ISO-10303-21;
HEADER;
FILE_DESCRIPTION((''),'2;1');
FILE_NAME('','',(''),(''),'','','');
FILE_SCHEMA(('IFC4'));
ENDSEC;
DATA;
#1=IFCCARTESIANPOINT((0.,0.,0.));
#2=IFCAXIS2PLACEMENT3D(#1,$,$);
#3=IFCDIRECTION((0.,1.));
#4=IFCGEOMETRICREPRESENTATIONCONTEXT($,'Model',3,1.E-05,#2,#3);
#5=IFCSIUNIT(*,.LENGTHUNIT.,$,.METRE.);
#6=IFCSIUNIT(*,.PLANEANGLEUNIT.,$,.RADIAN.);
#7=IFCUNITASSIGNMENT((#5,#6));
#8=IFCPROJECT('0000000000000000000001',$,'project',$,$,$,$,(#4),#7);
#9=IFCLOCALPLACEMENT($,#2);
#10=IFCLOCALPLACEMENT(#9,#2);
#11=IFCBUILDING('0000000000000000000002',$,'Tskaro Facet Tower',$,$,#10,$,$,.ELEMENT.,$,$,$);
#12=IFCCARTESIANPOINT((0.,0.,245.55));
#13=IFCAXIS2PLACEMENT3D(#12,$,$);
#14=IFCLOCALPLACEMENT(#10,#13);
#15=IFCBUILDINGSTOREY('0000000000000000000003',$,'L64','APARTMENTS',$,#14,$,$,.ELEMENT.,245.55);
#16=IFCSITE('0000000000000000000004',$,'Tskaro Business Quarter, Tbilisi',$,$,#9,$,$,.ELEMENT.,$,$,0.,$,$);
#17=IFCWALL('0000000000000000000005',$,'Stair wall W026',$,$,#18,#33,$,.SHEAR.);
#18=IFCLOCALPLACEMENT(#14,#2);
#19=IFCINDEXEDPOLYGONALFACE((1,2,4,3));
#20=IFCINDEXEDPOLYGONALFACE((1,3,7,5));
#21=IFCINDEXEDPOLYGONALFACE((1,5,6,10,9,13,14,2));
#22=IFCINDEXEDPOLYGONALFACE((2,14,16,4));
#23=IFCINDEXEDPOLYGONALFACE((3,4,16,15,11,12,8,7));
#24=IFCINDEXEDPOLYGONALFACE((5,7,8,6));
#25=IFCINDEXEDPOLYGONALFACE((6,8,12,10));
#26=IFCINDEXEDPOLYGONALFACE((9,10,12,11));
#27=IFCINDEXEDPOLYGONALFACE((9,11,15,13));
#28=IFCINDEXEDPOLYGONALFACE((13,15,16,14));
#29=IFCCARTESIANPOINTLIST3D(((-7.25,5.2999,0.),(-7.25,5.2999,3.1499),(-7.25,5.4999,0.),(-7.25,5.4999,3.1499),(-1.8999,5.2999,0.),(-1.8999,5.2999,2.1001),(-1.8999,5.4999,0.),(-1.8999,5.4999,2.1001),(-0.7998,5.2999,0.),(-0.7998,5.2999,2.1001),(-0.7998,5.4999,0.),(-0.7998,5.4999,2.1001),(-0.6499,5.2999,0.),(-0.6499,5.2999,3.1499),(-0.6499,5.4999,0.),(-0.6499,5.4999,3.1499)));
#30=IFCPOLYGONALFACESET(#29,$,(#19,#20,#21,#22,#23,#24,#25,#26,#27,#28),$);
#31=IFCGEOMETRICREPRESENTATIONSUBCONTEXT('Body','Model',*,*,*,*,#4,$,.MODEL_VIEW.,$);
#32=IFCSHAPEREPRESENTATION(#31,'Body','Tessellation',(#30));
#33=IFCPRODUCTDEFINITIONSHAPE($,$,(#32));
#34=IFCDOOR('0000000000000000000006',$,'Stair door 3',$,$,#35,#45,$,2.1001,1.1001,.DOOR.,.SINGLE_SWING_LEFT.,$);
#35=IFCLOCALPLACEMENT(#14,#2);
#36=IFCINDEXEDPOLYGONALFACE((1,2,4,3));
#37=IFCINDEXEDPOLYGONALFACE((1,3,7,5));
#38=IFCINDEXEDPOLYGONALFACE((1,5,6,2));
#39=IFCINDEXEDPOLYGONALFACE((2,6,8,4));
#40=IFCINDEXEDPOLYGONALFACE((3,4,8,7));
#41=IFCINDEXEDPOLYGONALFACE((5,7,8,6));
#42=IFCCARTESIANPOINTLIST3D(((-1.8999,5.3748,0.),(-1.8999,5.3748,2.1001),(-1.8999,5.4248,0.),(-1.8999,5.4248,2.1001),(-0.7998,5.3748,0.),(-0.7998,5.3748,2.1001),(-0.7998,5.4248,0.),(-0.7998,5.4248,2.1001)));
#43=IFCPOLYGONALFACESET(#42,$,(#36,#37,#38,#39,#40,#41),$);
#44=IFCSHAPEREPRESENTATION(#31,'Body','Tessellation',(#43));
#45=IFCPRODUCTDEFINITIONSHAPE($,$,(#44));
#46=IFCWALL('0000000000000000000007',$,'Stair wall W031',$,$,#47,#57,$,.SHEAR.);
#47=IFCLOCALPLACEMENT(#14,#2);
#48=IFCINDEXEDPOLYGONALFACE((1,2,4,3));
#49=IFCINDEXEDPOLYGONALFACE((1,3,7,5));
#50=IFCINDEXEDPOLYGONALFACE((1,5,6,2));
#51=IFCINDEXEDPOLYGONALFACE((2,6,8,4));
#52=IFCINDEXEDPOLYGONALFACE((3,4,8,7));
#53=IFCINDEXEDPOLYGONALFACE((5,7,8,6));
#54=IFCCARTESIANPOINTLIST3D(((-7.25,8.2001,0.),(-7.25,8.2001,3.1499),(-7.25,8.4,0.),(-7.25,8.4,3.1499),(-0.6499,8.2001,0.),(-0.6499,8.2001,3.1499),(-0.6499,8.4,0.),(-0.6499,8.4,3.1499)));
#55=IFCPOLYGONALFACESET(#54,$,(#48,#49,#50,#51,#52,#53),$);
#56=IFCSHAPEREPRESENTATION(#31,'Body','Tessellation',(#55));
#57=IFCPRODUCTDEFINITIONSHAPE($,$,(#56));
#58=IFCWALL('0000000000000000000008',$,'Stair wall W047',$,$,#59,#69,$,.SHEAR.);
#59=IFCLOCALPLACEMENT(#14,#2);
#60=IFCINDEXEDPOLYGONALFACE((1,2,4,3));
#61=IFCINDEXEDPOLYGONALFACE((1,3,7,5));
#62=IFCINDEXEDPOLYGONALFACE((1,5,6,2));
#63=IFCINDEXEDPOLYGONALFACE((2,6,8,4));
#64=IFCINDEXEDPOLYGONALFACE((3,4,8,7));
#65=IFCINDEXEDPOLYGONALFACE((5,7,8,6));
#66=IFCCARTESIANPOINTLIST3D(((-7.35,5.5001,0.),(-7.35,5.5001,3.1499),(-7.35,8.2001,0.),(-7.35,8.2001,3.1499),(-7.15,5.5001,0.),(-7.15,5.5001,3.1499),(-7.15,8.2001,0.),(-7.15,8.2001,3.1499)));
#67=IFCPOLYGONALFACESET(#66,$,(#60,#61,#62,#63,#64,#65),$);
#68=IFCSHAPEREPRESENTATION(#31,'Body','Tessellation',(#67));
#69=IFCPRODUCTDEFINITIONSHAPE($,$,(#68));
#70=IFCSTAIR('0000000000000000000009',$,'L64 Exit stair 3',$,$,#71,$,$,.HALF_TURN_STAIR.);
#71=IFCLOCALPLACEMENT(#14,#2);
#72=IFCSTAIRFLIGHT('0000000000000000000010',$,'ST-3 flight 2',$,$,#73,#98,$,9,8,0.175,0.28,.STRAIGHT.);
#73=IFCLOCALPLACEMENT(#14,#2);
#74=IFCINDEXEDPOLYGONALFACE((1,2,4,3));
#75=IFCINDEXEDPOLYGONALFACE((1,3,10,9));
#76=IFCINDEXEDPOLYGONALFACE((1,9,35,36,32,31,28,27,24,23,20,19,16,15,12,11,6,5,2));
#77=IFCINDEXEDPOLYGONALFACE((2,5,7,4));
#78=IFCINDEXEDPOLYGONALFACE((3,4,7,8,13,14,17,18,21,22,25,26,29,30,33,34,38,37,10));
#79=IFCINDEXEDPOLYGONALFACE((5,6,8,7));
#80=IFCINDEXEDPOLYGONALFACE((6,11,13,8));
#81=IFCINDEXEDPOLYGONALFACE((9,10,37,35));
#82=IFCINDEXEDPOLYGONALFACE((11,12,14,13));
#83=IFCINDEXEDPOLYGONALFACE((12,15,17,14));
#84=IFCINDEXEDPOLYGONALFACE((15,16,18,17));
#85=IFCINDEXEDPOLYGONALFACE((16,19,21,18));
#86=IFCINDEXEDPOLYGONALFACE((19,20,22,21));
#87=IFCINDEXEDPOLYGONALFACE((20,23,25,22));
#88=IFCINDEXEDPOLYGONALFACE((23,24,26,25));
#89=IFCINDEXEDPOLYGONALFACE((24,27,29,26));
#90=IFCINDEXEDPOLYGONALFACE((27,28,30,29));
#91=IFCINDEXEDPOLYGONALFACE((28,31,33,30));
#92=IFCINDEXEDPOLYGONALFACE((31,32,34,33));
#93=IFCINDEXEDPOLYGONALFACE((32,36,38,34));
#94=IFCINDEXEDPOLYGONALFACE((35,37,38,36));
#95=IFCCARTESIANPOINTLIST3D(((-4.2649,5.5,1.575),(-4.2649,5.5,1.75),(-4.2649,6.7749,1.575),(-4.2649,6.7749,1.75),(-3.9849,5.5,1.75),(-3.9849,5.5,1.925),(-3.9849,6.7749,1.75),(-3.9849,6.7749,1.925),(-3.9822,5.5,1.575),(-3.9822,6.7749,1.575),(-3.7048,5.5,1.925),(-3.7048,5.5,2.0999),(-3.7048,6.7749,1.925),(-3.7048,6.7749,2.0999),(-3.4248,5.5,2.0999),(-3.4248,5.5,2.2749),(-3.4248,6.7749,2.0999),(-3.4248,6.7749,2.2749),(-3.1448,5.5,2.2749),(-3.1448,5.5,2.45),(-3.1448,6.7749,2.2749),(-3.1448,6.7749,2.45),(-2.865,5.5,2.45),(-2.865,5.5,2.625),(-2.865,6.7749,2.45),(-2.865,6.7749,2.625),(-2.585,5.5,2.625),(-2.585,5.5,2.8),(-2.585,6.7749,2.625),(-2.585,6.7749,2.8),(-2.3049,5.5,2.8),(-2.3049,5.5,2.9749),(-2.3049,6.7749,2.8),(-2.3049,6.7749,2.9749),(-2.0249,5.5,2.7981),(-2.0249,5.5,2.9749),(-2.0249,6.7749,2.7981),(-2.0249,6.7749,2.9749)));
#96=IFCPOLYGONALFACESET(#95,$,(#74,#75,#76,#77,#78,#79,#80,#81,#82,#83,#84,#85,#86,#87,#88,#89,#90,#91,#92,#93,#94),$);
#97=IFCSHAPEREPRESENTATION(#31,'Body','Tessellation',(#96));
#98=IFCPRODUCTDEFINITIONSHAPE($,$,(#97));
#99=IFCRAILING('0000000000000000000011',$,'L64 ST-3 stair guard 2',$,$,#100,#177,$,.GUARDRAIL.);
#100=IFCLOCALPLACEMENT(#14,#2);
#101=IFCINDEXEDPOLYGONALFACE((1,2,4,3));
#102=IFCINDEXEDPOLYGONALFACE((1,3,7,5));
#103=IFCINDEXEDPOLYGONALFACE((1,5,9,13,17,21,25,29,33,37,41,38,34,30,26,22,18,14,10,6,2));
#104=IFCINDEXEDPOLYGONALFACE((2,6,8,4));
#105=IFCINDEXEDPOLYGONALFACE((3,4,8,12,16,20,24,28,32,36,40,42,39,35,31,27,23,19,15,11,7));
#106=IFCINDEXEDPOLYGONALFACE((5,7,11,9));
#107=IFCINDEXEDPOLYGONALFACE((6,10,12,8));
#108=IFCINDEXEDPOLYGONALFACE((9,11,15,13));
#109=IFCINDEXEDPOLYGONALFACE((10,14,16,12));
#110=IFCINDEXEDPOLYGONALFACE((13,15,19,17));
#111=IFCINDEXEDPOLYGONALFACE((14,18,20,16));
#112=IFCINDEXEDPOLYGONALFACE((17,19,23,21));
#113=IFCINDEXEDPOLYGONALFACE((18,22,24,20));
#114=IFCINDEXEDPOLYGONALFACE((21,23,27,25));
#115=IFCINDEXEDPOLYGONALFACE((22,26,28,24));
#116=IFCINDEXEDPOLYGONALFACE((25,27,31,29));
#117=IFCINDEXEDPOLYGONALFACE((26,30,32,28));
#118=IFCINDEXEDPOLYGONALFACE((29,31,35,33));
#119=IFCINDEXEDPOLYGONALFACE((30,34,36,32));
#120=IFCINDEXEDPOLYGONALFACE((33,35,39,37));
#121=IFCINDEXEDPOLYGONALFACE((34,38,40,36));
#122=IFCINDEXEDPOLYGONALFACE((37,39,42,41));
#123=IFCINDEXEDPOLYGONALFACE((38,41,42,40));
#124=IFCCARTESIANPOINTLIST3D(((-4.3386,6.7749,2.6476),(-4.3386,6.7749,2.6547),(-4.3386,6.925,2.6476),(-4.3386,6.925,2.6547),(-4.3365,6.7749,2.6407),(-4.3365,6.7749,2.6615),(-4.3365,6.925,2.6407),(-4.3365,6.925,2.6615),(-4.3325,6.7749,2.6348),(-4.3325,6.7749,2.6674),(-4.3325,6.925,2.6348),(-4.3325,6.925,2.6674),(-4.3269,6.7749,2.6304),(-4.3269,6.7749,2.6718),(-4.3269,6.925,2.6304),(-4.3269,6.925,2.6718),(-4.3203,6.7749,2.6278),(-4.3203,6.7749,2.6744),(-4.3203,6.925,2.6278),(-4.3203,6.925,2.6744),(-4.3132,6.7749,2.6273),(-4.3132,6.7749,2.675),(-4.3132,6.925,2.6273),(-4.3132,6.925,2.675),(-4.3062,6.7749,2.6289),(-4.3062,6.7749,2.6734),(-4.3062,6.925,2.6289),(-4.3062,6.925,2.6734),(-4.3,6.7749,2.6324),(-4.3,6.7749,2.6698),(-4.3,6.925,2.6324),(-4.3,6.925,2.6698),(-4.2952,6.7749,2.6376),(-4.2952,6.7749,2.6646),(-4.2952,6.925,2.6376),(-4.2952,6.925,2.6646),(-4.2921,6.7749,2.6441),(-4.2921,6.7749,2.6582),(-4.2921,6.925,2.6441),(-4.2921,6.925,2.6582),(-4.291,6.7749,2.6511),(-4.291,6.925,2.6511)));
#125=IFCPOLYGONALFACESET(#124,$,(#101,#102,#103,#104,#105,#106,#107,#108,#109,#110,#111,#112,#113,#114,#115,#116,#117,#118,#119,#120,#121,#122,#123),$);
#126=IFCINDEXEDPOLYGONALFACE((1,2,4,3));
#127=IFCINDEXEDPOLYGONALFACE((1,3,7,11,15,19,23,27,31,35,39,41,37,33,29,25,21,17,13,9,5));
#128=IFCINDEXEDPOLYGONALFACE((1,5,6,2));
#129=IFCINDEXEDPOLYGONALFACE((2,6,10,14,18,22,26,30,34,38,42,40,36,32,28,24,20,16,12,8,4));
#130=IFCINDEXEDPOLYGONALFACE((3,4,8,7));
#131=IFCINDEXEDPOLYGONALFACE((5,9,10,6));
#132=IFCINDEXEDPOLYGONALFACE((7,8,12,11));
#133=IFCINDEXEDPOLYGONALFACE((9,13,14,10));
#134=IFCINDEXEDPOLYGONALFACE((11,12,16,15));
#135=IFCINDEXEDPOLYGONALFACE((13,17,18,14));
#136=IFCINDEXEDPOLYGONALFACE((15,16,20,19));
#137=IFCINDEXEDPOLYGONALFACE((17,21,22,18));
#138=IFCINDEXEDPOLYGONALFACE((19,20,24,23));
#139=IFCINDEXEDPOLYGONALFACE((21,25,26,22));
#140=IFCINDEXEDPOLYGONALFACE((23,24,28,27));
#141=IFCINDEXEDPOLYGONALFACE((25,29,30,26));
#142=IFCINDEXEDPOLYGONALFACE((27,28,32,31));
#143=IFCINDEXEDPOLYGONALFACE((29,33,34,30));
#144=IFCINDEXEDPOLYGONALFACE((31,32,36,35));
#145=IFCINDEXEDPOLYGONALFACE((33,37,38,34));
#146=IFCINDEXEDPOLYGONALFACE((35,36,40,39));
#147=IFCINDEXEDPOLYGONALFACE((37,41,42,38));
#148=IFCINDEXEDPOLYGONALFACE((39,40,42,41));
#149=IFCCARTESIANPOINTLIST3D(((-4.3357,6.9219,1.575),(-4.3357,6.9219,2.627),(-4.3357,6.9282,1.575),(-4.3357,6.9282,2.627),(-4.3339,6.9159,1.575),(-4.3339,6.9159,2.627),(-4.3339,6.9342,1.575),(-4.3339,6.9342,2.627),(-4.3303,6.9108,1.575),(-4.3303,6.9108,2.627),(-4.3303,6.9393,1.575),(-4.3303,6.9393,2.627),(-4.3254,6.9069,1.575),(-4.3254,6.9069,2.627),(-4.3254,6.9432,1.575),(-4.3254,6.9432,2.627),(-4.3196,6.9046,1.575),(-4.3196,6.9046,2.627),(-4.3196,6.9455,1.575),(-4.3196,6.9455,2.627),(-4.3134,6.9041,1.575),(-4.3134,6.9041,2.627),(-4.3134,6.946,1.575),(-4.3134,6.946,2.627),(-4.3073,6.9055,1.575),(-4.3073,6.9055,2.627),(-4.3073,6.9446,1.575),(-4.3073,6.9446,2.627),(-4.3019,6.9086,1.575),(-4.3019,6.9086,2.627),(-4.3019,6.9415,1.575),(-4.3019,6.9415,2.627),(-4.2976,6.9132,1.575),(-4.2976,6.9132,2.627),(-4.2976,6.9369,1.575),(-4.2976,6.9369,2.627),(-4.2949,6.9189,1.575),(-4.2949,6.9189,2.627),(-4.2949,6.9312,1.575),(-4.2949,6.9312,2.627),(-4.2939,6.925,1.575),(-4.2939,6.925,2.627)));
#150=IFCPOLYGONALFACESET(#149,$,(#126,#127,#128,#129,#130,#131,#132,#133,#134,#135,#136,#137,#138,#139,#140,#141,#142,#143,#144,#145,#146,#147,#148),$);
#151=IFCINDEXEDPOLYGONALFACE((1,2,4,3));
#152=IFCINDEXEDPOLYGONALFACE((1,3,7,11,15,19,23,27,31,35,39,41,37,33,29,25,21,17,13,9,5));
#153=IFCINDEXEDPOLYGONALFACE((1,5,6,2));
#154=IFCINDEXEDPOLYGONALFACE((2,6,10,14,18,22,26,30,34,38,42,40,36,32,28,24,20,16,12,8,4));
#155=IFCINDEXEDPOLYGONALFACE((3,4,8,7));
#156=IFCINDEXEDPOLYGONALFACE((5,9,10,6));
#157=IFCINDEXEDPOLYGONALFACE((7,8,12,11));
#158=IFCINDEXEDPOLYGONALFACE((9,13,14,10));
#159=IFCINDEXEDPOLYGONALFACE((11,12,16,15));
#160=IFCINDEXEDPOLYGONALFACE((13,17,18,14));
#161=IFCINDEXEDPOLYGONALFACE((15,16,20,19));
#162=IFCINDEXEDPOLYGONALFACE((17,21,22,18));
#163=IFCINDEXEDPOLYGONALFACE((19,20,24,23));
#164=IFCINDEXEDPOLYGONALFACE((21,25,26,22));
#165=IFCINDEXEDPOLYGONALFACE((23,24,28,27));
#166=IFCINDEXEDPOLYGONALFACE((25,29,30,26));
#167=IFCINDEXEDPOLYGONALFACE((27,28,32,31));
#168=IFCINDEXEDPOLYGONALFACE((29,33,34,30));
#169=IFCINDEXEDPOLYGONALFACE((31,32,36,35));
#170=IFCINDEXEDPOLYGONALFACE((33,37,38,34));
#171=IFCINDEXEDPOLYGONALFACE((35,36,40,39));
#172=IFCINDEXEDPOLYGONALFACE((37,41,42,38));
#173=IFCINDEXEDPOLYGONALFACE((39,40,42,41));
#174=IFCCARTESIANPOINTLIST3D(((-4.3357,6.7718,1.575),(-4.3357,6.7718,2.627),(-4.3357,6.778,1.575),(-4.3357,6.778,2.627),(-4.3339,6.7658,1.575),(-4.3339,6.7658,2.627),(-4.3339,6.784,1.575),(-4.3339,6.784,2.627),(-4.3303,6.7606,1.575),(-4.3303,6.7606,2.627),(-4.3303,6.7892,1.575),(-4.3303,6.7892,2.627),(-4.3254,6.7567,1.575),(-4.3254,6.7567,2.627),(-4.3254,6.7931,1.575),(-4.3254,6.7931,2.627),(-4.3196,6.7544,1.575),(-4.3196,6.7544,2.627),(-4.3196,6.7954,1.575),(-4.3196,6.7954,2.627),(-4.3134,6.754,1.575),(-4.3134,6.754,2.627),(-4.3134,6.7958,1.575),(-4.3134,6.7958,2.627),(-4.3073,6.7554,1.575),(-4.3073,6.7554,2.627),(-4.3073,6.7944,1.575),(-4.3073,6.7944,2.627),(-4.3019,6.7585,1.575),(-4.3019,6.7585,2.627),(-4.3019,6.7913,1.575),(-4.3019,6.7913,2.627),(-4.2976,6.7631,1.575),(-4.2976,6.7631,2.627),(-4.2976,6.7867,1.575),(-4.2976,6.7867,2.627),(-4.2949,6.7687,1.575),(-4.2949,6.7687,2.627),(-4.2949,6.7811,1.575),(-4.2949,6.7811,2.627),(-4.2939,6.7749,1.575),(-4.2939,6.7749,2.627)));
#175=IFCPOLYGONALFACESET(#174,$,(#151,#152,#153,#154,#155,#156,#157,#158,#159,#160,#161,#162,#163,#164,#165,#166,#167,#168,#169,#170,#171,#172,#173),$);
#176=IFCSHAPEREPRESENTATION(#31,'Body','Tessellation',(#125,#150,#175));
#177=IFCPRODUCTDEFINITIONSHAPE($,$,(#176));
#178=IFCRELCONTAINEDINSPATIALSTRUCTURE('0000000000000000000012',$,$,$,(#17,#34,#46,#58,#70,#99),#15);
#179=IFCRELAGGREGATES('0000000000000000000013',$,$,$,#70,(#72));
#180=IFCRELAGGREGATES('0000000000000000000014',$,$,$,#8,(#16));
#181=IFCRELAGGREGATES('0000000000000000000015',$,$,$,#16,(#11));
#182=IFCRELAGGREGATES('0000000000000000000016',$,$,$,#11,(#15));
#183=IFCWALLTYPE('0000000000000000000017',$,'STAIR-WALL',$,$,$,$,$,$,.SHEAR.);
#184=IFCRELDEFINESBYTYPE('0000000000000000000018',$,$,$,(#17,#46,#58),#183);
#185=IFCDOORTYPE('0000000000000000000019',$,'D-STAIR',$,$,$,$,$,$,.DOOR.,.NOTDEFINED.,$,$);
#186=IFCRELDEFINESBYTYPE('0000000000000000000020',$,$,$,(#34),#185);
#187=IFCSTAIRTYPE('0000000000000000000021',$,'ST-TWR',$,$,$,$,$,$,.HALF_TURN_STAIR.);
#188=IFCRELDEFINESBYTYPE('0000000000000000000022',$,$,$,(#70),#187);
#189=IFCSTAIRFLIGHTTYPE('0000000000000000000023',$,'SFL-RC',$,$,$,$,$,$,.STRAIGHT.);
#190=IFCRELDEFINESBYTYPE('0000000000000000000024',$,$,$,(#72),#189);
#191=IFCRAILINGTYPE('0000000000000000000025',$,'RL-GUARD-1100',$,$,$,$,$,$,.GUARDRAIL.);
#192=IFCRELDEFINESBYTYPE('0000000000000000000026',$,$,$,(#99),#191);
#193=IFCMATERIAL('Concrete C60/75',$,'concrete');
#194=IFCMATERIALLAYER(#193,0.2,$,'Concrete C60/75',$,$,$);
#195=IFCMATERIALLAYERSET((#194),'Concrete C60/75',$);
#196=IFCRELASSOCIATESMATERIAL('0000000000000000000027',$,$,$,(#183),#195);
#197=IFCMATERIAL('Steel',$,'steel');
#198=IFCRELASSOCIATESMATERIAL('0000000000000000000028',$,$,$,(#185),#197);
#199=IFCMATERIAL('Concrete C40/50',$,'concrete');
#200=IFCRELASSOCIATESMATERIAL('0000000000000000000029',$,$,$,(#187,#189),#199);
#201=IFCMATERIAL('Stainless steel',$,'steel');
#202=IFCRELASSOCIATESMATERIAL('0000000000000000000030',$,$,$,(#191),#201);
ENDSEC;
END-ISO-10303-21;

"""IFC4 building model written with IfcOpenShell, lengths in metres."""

from ifc_helpers import new_model, si_unit, direction, frame, frame_2d, origin, origin_2d, place, context, subcontext, project, spatial, polyline, rectangle, circle, outline, extrude, material, layer, layer_set, type_object, element, fill, aggregate, save


model = new_model("IFC4")

# Units and contexts
model_context = context("Model", 3, precision=1e-05, world=origin(), true_north=direction((0.0, 1.0)))
body_context = subcontext(model_context, "Body", "Model", "MODEL_VIEW")
ifc_project = project(units=[si_unit("LENGTHUNIT", "METRE"), si_unit("PLANEANGLEUNIT", "RADIAN")], contexts=[model_context])

# Site, building, storey
site_placement = place(None, origin())
site = spatial("IfcSite", under=ifc_project, at=site_placement, Name="Tskaro Business Quarter, Tbilisi", CompositionType="ELEMENT", RefElevation=0.0)
building_placement = place(site_placement, origin())
building = spatial("IfcBuilding", under=site, at=building_placement, Name="Tskaro Facet Tower", CompositionType="ELEMENT")
storey_placement = place(building_placement, frame((0.0, 0.0, 245.55)))
storey = spatial("IfcBuildingStorey", under=building, at=storey_placement, Name="L64", Description="APARTMENTS", CompositionType="ELEMENT", Elevation=245.55)

# Shared definitions
ifc_material_1 = material(Name="Concrete C40/50", Category="concrete")
ifc_material_2 = material(Name="Steel", Category="steel")

# Wall, opening, door
ifc_material_3 = material(Name="Concrete C60/75", Category="concrete")
ifc_layer_1 = layer(ifc_material_3, 0.2, Name="Concrete C60/75")
ifc_layer_set_1 = layer_set([ifc_layer_1], Name="Concrete C60/75")
wall_type_1 = type_object("IfcWallType", Name="STAIR-WALL", PredefinedType="SHEAR", material=ifc_layer_set_1)
wall_1_placement = place(storey_placement, frame((-7.25, 5.3999, 0.0), z_axis=(0.0, 0.0, 1.0), x_axis=(1.0, 0.0, 0.0)))
wall_1 = element("IfcWall", 1, at=wall_1_placement, inside=storey, type_object=wall_type_1, Name="Stair wall W026", PredefinedType="SHEAR", context=body_context, shape_type="SweptSolid", body=[
    extrude(rectangle(XDim=6.6001, YDim=0.2, at=frame_2d((3.3, 0.0))), origin(), (0.0, 0.0, 1.0), 3.1499),
])
opening_1_placement = place(wall_1_placement, frame((5.3501, 0.0, 0.0)))
opening_1 = element("IfcOpeningElement", 2, at=opening_1_placement, cuts=wall_1, PredefinedType="OPENING", context=body_context, shape_type="SweptSolid", body=[
    extrude(rectangle(XDim=1.1001, YDim=2.1001, at=frame_2d((0.55, 1.05))), frame((0.0, 0.1099, 0.0), z_axis=(0.0, -1.0, 0.0), x_axis=(1.0, 0.0, 0.0)), (0.0, 0.0, 1.0), 0.22),
])
door_type_1 = type_object("IfcDoorType", Name="D-STAIR", OperationType="NOTDEFINED", PredefinedType="DOOR", material=ifc_material_2)
door_1_placement = place(opening_1_placement, origin())
door_1 = element("IfcDoor", 3, at=door_1_placement, inside=storey, type_object=door_type_1, Name="Stair door 3", OperationType="SINGLE_SWING_LEFT", OverallHeight=2.1001, OverallWidth=1.1001, PredefinedType="DOOR", context=body_context, shape_type="SweptSolid", body=[
    extrude(rectangle(XDim=1.1001, YDim=2.1001, at=frame_2d((0.55, 1.05))), frame((0.0, 0.0249, 0.0), z_axis=(0.0, -1.0, 0.0), x_axis=(1.0, 0.0, 0.0)), (0.0, 0.0, 1.0), 0.05),
])
fill(opening_1, door_1)

# Walls
wall_2_placement = place(storey_placement, frame((-7.25, 8.3, 0.0), z_axis=(0.0, 0.0, 1.0), x_axis=(1.0, 0.0, 0.0)))
element("IfcWall", 4, at=wall_2_placement, inside=storey, type_object=wall_type_1, Name="Stair wall W031", PredefinedType="SHEAR", context=body_context, shape_type="SweptSolid", body=[
    extrude(rectangle(XDim=6.6001, YDim=0.2, at=frame_2d((3.3, 0.0))), origin(), (0.0, 0.0, 1.0), 3.1499),
])
wall_3_placement = place(storey_placement, frame((-7.25, 5.5, 0.0), z_axis=(0.0, 0.0, 1.0), x_axis=(0.0, 1.0, 0.0)))
element("IfcWall", 5, at=wall_3_placement, inside=storey, type_object=wall_type_1, Name="Stair wall W047", PredefinedType="SHEAR", context=body_context, shape_type="SweptSolid", body=[
    extrude(rectangle(XDim=2.7, YDim=0.2, at=frame_2d((1.3501, 0.0))), origin(), (0.0, 0.0, 1.0), 3.1499),
])

# Stair, stair flight
stair_type = type_object("IfcStairType", Name="ST-TWR", PredefinedType="HALF_TURN_STAIR", material=ifc_material_1)
stair_placement = place(storey_placement, origin())
stair = element("IfcStair", 6, at=stair_placement, inside=storey, type_object=stair_type, Name="L64 Exit stair 3", PredefinedType="HALF_TURN_STAIR")
stair_flight_type = type_object("IfcStairFlightType", Name="SFL-RC", PredefinedType="STRAIGHT", material=ifc_material_1)
stair_flight_placement = place(storey_placement, frame((-4.2649, 6.1375, 1.575), z_axis=(0.0, 0.0, 1.0), x_axis=(1.0, 0.0, 0.0)))
stair_flight = element("IfcStairFlight", 7, at=stair_flight_placement, type_object=stair_flight_type, Name="ST-3 flight 2", NumberOfRisers=9, NumberOfTreads=8, PredefinedType="STRAIGHT", RiserHeight=0.175, TreadLength=0.28, context=body_context, shape_type="SweptSolid", body=[
    extrude(outline(polyline([(0.0, 0.0), (0.0, 0.175), (0.28, 0.175), (0.28, 0.3501), (0.5601, 0.3501), (0.5601, 0.5249), (0.8401, 0.5249), (0.8401, 0.7), (1.1201, 0.7), (1.1201, 0.875), (1.3999, 0.875), (1.3999, 1.05), (1.6799, 1.05), (1.6799, 1.2251), (1.96, 1.2251), (1.96, 1.3999), (2.24, 1.3999), (2.24, 1.575), (2.24, 1.2231), (0.2827, 0.0), (0.0, 0.0)])), frame((0.0, 0.6375, 0.0), z_axis=(0.0, -1.0, 0.0), x_axis=(1.0, 0.0, 0.0)), (0.0, 0.0, 1.0), 1.2749),
])
aggregate(stair, [stair_flight])

# Railing
ifc_material_4 = material(Name="Stainless steel", Category="steel")
railing_type_1 = type_object("IfcRailingType", Name="RL-GUARD-1100", PredefinedType="GUARDRAIL", material=ifc_material_4)
railing_1_placement = place(storey_placement, frame((-4.3149, 6.925, 1.575)))
element("IfcRailing", 8, at=railing_1_placement, inside=storey, type_object=railing_type_1, Name="L64 ST-3 stair guard 2", PredefinedType="GUARDRAIL", context=body_context, shape_type="SweptSolid", body=[
    extrude(circle(Radius=0.0239, at=origin_2d()), frame((0.0, 0.0, 1.0762), z_axis=(0.0, -1.0, 0.0), x_axis=(1.0, 0.0, 0.0)), (0.0, 0.0, 1.0), 0.1501),
    extrude(circle(Radius=0.021, at=origin_2d()), origin(), (0.0, 0.0, 1.0), 1.052),
    extrude(circle(Radius=0.021, at=origin_2d()), frame((0.0, -0.1501, 0.0)), (0.0, 0.0, 1.0), 1.052),
])

save(model, "model.ifc")
